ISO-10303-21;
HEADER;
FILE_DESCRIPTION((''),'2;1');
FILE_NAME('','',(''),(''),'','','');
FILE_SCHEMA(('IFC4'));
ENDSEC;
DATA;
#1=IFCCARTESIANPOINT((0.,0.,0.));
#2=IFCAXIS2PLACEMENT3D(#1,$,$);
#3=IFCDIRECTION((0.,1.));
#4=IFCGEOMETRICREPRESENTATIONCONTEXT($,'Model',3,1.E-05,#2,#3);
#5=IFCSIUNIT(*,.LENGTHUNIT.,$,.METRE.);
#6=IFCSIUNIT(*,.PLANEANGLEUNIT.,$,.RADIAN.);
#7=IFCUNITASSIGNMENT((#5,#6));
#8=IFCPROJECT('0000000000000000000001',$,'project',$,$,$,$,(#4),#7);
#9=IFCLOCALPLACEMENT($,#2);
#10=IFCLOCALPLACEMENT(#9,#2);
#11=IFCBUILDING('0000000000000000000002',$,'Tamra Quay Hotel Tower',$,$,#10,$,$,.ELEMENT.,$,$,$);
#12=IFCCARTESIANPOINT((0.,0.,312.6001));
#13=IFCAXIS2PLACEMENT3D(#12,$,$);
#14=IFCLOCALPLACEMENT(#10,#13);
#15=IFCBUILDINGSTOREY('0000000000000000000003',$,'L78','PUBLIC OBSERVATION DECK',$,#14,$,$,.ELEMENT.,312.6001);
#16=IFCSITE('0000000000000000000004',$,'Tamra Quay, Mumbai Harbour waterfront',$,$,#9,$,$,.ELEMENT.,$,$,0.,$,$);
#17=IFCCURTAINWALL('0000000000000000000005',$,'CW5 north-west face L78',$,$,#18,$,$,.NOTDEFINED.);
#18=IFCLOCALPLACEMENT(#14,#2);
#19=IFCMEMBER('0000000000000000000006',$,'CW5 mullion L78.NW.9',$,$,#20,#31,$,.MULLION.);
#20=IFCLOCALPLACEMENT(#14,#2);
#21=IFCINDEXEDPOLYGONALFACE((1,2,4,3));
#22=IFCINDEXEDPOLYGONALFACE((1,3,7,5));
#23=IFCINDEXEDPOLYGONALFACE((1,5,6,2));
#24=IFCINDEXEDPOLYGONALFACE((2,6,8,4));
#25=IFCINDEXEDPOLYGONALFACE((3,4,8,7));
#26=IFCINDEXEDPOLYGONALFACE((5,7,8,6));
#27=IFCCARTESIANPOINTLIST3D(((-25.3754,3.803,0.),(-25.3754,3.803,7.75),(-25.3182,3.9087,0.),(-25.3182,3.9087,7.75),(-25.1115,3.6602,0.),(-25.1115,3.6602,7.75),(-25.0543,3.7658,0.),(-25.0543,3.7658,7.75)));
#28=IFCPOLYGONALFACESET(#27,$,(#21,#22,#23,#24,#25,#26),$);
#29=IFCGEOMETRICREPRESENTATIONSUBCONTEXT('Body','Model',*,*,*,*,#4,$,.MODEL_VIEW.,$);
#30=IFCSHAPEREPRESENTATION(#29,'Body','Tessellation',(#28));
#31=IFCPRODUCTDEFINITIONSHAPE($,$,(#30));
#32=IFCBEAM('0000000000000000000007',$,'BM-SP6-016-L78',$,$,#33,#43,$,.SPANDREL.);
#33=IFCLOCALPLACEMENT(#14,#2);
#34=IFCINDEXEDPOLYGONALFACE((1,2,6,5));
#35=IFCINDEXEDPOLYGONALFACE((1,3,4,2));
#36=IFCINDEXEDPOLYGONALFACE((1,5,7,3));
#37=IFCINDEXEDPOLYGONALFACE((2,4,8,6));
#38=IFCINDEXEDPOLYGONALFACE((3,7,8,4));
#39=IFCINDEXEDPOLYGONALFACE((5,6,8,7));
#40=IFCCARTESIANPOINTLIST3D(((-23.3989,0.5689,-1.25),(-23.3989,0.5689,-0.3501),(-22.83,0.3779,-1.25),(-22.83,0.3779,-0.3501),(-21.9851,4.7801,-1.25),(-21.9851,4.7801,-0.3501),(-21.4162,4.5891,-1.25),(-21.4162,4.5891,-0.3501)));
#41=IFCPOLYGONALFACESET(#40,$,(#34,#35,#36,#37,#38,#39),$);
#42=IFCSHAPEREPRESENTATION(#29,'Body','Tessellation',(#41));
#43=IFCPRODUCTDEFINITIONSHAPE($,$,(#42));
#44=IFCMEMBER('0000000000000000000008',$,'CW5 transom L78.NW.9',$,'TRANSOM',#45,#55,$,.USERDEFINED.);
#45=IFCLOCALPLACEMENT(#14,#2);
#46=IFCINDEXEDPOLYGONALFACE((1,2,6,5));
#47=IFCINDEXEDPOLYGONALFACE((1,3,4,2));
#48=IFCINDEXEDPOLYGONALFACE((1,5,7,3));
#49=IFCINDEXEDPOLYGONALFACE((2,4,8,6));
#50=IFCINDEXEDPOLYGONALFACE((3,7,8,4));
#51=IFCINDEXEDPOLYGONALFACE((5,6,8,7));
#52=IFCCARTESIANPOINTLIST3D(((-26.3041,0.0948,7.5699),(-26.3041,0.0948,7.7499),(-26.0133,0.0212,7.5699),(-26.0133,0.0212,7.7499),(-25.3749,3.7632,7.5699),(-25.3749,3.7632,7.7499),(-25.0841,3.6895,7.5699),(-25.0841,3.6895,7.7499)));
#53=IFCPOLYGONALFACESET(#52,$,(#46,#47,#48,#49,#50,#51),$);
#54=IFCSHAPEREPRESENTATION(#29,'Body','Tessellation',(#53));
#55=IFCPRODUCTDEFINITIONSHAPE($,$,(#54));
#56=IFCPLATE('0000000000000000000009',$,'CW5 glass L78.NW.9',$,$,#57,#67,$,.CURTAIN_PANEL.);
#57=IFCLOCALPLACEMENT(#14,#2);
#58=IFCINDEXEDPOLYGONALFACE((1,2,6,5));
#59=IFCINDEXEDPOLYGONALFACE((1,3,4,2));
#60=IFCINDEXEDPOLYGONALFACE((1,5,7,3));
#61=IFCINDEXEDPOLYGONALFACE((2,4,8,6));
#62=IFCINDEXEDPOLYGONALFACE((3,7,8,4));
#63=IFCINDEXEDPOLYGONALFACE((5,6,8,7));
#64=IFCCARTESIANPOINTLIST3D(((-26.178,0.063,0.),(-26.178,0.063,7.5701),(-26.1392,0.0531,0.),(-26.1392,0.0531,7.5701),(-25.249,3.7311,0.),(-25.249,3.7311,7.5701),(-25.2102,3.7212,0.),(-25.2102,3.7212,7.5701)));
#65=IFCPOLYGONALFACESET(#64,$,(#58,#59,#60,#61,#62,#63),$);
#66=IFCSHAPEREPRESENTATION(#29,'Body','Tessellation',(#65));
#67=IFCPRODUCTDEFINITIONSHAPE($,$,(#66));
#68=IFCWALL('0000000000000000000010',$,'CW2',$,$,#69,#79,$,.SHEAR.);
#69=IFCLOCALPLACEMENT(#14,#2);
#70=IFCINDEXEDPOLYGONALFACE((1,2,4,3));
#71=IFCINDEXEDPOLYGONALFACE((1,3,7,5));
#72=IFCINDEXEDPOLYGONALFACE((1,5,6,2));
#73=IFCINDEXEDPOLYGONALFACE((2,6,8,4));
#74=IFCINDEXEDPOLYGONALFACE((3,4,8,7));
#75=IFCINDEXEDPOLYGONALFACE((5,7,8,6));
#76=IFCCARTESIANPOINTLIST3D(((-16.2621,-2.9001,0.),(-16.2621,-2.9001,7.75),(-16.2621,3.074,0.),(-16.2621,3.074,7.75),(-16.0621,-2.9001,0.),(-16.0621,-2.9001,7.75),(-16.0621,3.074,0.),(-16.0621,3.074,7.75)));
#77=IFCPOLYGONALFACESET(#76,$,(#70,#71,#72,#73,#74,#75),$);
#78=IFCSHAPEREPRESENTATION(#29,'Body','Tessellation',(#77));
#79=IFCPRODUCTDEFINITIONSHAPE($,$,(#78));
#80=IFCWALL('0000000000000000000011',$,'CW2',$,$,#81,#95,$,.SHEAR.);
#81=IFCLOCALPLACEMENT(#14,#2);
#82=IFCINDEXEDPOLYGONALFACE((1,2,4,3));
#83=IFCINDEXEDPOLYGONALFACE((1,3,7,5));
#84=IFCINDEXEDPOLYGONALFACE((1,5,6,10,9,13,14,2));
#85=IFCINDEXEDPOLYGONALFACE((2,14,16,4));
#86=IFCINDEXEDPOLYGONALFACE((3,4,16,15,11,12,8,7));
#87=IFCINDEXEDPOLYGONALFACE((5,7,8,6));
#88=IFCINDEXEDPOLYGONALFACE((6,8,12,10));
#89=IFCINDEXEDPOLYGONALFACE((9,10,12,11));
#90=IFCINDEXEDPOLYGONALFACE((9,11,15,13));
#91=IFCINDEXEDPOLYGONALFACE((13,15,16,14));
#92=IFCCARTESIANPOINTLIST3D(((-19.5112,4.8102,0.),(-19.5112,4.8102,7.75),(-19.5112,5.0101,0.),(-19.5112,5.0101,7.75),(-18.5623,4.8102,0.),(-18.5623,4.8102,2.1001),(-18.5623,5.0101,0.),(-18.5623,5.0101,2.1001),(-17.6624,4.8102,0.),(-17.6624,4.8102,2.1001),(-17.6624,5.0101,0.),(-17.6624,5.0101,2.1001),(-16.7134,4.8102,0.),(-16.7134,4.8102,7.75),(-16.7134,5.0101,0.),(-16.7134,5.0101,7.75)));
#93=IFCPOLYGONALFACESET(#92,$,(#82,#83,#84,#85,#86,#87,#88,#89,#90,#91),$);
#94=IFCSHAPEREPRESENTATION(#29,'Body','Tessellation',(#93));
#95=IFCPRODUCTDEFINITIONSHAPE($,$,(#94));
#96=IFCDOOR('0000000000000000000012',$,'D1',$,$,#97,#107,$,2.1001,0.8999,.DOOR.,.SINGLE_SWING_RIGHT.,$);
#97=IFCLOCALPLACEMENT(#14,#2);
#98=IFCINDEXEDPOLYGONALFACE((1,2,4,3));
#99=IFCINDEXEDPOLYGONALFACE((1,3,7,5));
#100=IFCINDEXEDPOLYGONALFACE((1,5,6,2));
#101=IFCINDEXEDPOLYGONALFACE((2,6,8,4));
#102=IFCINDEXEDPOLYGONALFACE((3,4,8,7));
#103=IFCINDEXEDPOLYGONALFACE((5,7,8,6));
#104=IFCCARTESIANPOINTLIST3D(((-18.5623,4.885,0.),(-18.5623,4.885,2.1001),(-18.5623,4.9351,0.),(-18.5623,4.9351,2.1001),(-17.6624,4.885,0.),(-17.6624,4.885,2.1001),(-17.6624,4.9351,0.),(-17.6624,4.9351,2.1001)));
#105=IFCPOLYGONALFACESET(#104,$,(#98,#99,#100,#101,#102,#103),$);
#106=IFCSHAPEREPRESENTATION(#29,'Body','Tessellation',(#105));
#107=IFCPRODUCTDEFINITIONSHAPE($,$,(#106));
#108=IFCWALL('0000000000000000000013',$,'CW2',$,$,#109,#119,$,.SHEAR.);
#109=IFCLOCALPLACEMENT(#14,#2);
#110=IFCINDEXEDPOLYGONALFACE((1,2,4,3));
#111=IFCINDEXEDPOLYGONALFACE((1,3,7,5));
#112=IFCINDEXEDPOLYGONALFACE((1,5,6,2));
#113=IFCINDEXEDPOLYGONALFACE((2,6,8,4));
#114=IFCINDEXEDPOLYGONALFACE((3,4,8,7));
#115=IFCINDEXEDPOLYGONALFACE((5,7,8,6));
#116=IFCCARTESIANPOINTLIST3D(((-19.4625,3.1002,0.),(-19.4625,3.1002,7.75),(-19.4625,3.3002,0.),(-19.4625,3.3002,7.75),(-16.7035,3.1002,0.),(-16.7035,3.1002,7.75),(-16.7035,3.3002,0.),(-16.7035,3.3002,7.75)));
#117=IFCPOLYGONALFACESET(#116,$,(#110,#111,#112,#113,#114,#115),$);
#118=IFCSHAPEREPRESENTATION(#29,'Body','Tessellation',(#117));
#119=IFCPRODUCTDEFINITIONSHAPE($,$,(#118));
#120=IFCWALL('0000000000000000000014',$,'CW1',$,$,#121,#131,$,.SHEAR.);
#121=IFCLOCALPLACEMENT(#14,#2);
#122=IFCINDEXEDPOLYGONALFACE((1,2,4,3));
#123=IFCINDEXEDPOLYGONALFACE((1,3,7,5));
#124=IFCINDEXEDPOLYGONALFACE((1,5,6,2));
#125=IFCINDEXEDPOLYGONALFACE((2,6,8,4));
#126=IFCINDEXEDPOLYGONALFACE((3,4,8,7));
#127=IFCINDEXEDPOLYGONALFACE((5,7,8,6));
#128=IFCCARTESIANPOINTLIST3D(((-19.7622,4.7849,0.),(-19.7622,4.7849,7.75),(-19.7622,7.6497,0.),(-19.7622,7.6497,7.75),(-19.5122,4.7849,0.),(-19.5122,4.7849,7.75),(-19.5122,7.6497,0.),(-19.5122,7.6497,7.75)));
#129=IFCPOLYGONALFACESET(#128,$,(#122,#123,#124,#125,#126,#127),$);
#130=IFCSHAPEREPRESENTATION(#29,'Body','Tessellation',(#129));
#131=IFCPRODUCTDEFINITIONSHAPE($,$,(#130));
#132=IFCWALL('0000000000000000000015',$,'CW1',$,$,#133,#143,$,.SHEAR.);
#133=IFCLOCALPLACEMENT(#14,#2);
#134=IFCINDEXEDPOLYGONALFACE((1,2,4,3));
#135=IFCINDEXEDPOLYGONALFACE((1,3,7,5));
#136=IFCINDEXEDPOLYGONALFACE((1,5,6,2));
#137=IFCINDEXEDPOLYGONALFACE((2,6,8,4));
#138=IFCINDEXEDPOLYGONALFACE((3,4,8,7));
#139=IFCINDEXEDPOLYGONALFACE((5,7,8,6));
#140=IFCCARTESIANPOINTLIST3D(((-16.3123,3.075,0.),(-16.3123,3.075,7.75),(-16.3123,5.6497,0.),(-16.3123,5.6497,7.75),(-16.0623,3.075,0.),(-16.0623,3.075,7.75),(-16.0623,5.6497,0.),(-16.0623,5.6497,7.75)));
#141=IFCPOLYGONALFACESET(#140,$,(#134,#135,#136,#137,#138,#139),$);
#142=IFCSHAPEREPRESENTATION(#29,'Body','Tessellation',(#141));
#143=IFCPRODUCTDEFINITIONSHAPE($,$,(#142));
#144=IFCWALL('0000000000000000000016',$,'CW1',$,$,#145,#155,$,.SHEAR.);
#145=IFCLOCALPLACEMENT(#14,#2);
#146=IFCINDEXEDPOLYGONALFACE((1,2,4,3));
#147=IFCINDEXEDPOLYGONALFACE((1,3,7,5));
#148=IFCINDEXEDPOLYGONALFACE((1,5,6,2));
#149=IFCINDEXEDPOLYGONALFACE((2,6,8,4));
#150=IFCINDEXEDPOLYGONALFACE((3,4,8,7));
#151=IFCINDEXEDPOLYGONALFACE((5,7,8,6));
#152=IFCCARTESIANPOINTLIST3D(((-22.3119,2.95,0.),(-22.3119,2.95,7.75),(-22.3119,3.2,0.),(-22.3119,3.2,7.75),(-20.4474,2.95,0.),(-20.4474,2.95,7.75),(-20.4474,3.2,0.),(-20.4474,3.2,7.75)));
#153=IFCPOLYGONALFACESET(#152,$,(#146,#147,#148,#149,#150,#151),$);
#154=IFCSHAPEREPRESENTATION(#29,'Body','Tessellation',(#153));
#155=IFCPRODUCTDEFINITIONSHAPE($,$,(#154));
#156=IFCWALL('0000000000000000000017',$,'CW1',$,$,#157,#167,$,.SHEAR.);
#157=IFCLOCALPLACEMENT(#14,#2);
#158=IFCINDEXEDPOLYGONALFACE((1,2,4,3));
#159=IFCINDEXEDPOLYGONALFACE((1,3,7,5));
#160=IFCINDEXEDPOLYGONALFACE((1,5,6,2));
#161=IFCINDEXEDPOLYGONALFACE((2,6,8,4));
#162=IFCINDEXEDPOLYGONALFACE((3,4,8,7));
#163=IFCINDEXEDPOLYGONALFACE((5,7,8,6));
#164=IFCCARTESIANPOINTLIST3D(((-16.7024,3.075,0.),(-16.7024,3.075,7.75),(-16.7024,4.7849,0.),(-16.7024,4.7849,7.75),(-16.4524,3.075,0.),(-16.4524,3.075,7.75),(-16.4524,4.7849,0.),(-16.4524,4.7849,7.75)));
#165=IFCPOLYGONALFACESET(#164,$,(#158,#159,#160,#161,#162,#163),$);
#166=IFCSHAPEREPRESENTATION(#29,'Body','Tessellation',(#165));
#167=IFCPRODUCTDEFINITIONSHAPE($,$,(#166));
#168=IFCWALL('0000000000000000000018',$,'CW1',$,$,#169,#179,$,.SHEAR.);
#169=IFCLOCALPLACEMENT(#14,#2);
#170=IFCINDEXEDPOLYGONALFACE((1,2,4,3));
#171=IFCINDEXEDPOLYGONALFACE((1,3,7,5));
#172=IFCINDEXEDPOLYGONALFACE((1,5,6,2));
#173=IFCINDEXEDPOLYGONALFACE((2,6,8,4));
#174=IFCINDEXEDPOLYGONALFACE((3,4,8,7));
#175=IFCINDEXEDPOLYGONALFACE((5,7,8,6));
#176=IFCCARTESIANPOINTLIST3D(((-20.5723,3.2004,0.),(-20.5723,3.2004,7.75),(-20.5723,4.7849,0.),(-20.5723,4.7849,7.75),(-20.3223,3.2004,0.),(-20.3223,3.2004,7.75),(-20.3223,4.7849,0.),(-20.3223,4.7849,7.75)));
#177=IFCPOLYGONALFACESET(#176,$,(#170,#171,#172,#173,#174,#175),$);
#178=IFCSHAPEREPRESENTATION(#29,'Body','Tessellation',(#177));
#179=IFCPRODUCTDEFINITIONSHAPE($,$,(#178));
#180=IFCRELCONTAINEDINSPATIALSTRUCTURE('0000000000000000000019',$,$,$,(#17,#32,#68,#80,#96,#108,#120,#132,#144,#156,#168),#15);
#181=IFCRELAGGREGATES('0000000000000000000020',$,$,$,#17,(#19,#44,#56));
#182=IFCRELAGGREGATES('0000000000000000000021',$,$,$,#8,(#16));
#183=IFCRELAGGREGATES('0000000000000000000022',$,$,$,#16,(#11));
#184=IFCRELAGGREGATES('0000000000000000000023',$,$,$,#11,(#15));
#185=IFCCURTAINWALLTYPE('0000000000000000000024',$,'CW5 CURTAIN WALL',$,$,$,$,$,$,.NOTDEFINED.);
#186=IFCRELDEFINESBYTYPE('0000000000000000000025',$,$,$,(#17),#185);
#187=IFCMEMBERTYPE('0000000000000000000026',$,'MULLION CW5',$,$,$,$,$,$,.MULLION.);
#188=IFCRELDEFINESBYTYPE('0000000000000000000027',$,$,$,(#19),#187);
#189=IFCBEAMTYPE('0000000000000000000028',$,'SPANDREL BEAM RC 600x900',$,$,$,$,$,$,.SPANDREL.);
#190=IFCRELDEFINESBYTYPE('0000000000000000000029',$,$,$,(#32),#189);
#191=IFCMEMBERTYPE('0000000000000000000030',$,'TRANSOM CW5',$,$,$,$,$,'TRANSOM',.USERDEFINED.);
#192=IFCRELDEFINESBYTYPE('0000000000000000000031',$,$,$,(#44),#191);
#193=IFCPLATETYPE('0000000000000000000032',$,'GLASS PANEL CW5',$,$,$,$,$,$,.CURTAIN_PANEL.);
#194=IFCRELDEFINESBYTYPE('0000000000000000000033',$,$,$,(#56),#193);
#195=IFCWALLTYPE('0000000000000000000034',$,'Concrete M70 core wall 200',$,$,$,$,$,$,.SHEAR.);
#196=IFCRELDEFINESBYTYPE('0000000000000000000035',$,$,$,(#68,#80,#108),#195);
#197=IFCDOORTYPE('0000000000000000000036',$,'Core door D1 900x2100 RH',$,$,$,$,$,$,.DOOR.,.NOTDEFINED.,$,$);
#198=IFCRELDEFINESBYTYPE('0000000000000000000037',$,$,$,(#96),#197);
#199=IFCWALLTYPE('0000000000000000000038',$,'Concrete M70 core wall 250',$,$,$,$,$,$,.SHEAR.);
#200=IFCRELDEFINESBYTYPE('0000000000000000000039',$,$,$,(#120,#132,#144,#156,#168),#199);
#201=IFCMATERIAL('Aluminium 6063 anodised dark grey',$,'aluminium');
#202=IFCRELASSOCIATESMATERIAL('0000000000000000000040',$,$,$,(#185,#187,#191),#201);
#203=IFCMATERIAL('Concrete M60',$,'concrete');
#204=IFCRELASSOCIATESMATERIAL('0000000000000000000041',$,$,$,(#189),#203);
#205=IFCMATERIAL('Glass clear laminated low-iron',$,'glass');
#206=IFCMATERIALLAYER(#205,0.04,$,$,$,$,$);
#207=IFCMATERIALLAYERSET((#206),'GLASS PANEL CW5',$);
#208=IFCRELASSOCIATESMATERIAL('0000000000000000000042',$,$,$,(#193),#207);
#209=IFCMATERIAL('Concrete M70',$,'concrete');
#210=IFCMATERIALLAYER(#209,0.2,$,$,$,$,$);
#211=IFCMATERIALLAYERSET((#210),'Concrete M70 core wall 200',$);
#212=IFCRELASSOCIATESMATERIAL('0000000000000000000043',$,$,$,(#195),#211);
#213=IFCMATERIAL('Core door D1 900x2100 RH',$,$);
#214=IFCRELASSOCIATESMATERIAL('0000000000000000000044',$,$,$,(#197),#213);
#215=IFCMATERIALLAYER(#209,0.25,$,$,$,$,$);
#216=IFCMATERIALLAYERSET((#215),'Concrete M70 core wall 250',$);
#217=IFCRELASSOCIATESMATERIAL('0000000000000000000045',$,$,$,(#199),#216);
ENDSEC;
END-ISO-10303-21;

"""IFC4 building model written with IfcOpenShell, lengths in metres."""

from ifc_helpers import new_model, si_unit, direction, frame, frame_2d, origin, origin_2d, place, context, subcontext, project, spatial, rectangle, extrude, material, layer, layer_set, material_profile, profile_set, type_object, element, fill, aggregate, save


model = new_model("IFC4")

# Units and contexts
model_context = context("Model", 3, precision=1e-05, world=origin(), true_north=direction((0.0, 1.0)))
body_context = subcontext(model_context, "Body", "Model", "MODEL_VIEW")
ifc_project = project(units=[si_unit("LENGTHUNIT", "METRE"), si_unit("PLANEANGLEUNIT", "RADIAN")], contexts=[model_context])

# Site, building, storey
site_placement = place(None, origin())
site = spatial("IfcSite", under=ifc_project, at=site_placement, Name="Tamra Quay, Mumbai Harbour waterfront", CompositionType="ELEMENT", RefElevation=0.0)
building_placement = place(site_placement, origin())
building = spatial("IfcBuilding", under=site, at=building_placement, Name="Tamra Quay Hotel Tower", CompositionType="ELEMENT")
storey_placement = place(building_placement, frame((0.0, 0.0, 312.6001)))
storey = spatial("IfcBuildingStorey", under=building, at=storey_placement, Name="L78", Description="PUBLIC OBSERVATION DECK", CompositionType="ELEMENT", Elevation=312.6001)

# Curtain wall, member
ifc_material_1 = material(Name="Aluminium 6063 anodised dark grey", Category="aluminium")
curtain_wall_type = type_object("IfcCurtainWallType", Name="CW5 CURTAIN WALL", PredefinedType="NOTDEFINED", material=ifc_material_1)
curtain_wall_placement = place(storey_placement, origin())
curtain_wall = element("IfcCurtainWall", 1, at=curtain_wall_placement, inside=storey, type_object=curtain_wall_type, Name="CW5 north-west face L78", PredefinedType="NOTDEFINED")
ifc_material_profile_1 = material_profile(ifc_material_1, rectangle(XDim=0.3, YDim=0.1201, at=origin_2d()), Name="MULLION 120X300")
ifc_profile_set_1 = profile_set([ifc_material_profile_1], Name="Aluminium 6063 anodised dark grey")
member_type_1 = type_object("IfcMemberType", Name="MULLION CW5", PredefinedType="MULLION", material=ifc_profile_set_1)
member_1_placement = place(storey_placement, frame((-25.2148, 3.7844, 0.0), z_axis=(0.0, 0.0, 1.0), x_axis=(-0.879433, 0.476023, 0.0)))
member_1 = element("IfcMember", 2, at=member_1_placement, type_object=member_type_1, Name="CW5 mullion L78.NW.9", PredefinedType="MULLION", context=body_context, shape_type="SweptSolid", body=[
    extrude(rectangle(XDim=0.3, YDim=0.1201, at=origin_2d()), origin(), (0.0, 0.0, 1.0), 7.75),
])

# Beam
ifc_material_2 = material(Name="Concrete M60", Category="concrete")
ifc_material_profile_2 = material_profile(ifc_material_2, rectangle(XDim=0.6001, YDim=0.8999, at=origin_2d()), Name="SPANDREL BEAM RC 600x900")
ifc_profile_set_2 = profile_set([ifc_material_profile_2], Name="Concrete M60")
beam_type = type_object("IfcBeamType", Name="SPANDREL BEAM RC 600x900", PredefinedType="SPANDREL", material=ifc_profile_set_2)
beam_placement = place(storey_placement, frame((-21.7007, 4.6846, -0.8), z_axis=(-0.318272, -0.948, 0.0), x_axis=(0.948, -0.318272, 0.0)))
element("IfcBeam", 3, at=beam_placement, inside=storey, type_object=beam_type, Name="BM-SP6-016-L78", PredefinedType="SPANDREL", context=body_context, shape_type="SweptSolid", body=[
    extrude(rectangle(XDim=0.6001, YDim=0.8999, at=origin_2d()), origin(), (0.0, 0.0, 1.0), 4.4421),
])

# Member
ifc_material_profile_3 = material_profile(ifc_material_1, rectangle(XDim=0.3, YDim=0.1799, at=origin_2d()), Name="TRANSOM 300X180")
ifc_profile_set_3 = profile_set([ifc_material_profile_3], Name="Aluminium 6063 anodised dark grey")
member_type_2 = type_object("IfcMemberType", Name="TRANSOM CW5", ElementType="TRANSOM", PredefinedType="USERDEFINED", material=ifc_profile_set_3)
member_2_placement = place(storey_placement, frame((-25.2295, 3.7263, 7.6599), z_axis=(-0.245555, -0.969383, 0.0), x_axis=(0.969383, -0.245555, 0.0)))
member_2 = element("IfcMember", 4, at=member_2_placement, type_object=member_type_2, Name="CW5 transom L78.NW.9", ObjectType="TRANSOM", PredefinedType="USERDEFINED", context=body_context, shape_type="SweptSolid", body=[
    extrude(rectangle(XDim=0.3, YDim=0.1799, at=origin_2d()), origin(), (0.0, 0.0, 1.0), 3.7842),
])

# Plate
ifc_material_3 = material(Name="Glass clear laminated low-iron", Category="glass")
ifc_layer_1 = layer(ifc_material_3, 0.04)
ifc_layer_set_1 = layer_set([ifc_layer_1], Name="GLASS PANEL CW5")
plate_type = type_object("IfcPlateType", Name="GLASS PANEL CW5", PredefinedType="CURTAIN_PANEL", material=ifc_layer_set_1)
plate_placement = place(storey_placement, frame((-25.6941, 1.8921, 0.0), z_axis=(0.0, 0.0, 1.0), x_axis=(-0.245527, -0.96939, 0.0)))
plate = element("IfcPlate", 5, at=plate_placement, type_object=plate_type, Name="CW5 glass L78.NW.9", PredefinedType="CURTAIN_PANEL", context=body_context, shape_type="SweptSolid", body=[
    extrude(rectangle(XDim=3.7839, YDim=0.04, at=origin_2d()), origin(), (0.0, 0.0, 1.0), 7.5701),
])
aggregate(curtain_wall, [member_1, member_2, plate])

# Wall
ifc_material_4 = material(Name="Concrete M70", Category="concrete")
ifc_layer_2 = layer(ifc_material_4, 0.2)
ifc_layer_set_2 = layer_set([ifc_layer_2], Name="Concrete M70 core wall 200")
wall_type_1 = type_object("IfcWallType", Name="Concrete M70 core wall 200", PredefinedType="SHEAR", material=ifc_layer_set_2)
wall_1_placement = place(storey_placement, frame((-16.1621, 3.074, 0.0), z_axis=(0.0, 0.0, 1.0), x_axis=(0.0, -1.0, 0.0)))
element("IfcWall", 6, at=wall_1_placement, inside=storey, type_object=wall_type_1, Name="CW2", PredefinedType="SHEAR", context=body_context, shape_type="SweptSolid", body=[
    extrude(rectangle(XDim=5.9741, YDim=0.2, at=frame_2d((2.9871, 0.0))), origin(), (0.0, 0.0, 1.0), 7.75),
])

# Wall, opening, door
wall_2_placement = place(storey_placement, frame((-19.5112, 4.9102, 0.0), z_axis=(0.0, 0.0, 1.0), x_axis=(1.0, 0.0, 0.0)))
wall_2 = element("IfcWall", 7, at=wall_2_placement, inside=storey, type_object=wall_type_1, Name="CW2", PredefinedType="SHEAR", context=body_context, shape_type="SweptSolid", body=[
    extrude(rectangle(XDim=2.7979, YDim=0.2, at=frame_2d((1.3989, 0.0))), origin(), (0.0, 0.0, 1.0), 7.75),
])
opening_1_placement = place(wall_2_placement, frame((0.949, 0.0, 0.0)))
opening_1 = element("IfcOpeningElement", 8, at=opening_1_placement, cuts=wall_2, PredefinedType="OPENING", context=body_context, shape_type="SweptSolid", body=[
    extrude(rectangle(XDim=0.8999, YDim=2.1001, at=frame_2d((0.45, 1.05))), frame((0.0, 0.1099, 0.0), z_axis=(0.0, -1.0, 0.0), x_axis=(1.0, 0.0, 0.0)), (0.0, 0.0, 1.0), 0.22),
])
ifc_material_5 = material(Name="Core door D1 900x2100 RH")
door_type_1 = type_object("IfcDoorType", Name="Core door D1 900x2100 RH", OperationType="NOTDEFINED", PredefinedType="DOOR", material=ifc_material_5)
door_1_placement = place(opening_1_placement, origin())
door_1 = element("IfcDoor", 9, at=door_1_placement, inside=storey, type_object=door_type_1, Name="D1", OperationType="SINGLE_SWING_RIGHT", OverallHeight=2.1001, OverallWidth=0.8999, PredefinedType="DOOR", context=body_context, shape_type="SweptSolid", body=[
    extrude(rectangle(XDim=0.8999, YDim=2.1001, at=frame_2d((0.45, 1.05))), frame((0.0, 0.0249, 0.0), z_axis=(0.0, -1.0, 0.0), x_axis=(1.0, 0.0, 0.0)), (0.0, 0.0, 1.0), 0.05),
])
fill(opening_1, door_1)

# Walls
wall_3_placement = place(storey_placement, frame((-19.4624, 3.2002, 0.0), z_axis=(0.0, 0.0, 1.0), x_axis=(1.0, 0.0, 0.0)))
element("IfcWall", 10, at=wall_3_placement, inside=storey, type_object=wall_type_1, Name="CW2", PredefinedType="SHEAR", context=body_context, shape_type="SweptSolid", body=[
    extrude(rectangle(XDim=2.759, YDim=0.2, at=frame_2d((1.3794, 0.0))), origin(), (0.0, 0.0, 1.0), 7.75),
])
ifc_layer_3 = layer(ifc_material_4, 0.25)
ifc_layer_set_3 = layer_set([ifc_layer_3], Name="Concrete M70 core wall 250")
wall_type_2 = type_object("IfcWallType", Name="Concrete M70 core wall 250", PredefinedType="SHEAR", material=ifc_layer_set_3)
wall_4_placement = place(storey_placement, frame((-19.6372, 4.7849, 0.0), z_axis=(0.0, 0.0, 1.0), x_axis=(0.0, 1.0, 0.0)))
element("IfcWall", 11, at=wall_4_placement, inside=storey, type_object=wall_type_2, Name="CW1", PredefinedType="SHEAR", context=body_context, shape_type="SweptSolid", body=[
    extrude(rectangle(XDim=2.8647, YDim=0.25, at=frame_2d((1.4324, 0.0))), origin(), (0.0, 0.0, 1.0), 7.75),
])
wall_5_placement = place(storey_placement, frame((-16.1873, 3.075, 0.0), z_axis=(0.0, 0.0, 1.0), x_axis=(0.0, 1.0, 0.0)))
element("IfcWall", 12, at=wall_5_placement, inside=storey, type_object=wall_type_2, Name="CW1", PredefinedType="SHEAR", context=body_context, shape_type="SweptSolid", body=[
    extrude(rectangle(XDim=2.5747, YDim=0.25, at=frame_2d((1.2874, 0.0))), origin(), (0.0, 0.0, 1.0), 7.75),
])
wall_6_placement = place(storey_placement, frame((-22.3118, 3.075, 0.0), z_axis=(0.0, 0.0, 1.0), x_axis=(1.0, 0.0, 0.0)))
element("IfcWall", 13, at=wall_6_placement, inside=storey, type_object=wall_type_2, Name="CW1", PredefinedType="SHEAR", context=body_context, shape_type="SweptSolid", body=[
    extrude(rectangle(XDim=1.8645, YDim=0.25, at=frame_2d((0.9321, 0.0))), origin(), (0.0, 0.0, 1.0), 7.75),
])
wall_7_placement = place(storey_placement, frame((-16.5774, 4.7849, 0.0), z_axis=(0.0, 0.0, 1.0), x_axis=(0.0, -1.0, 0.0)))
element("IfcWall", 14, at=wall_7_placement, inside=storey, type_object=wall_type_2, Name="CW1", PredefinedType="SHEAR", context=body_context, shape_type="SweptSolid", body=[
    extrude(rectangle(XDim=1.71, YDim=0.25, at=frame_2d((0.855, 0.0))), origin(), (0.0, 0.0, 1.0), 7.75),
])
wall_8_placement = place(storey_placement, frame((-20.4473, 3.2004, 0.0), z_axis=(0.0, 0.0, 1.0), x_axis=(0.0, 1.0, 0.0)))
element("IfcWall", 15, at=wall_8_placement, inside=storey, type_object=wall_type_2, Name="CW1", PredefinedType="SHEAR", context=body_context, shape_type="SweptSolid", body=[
    extrude(rectangle(XDim=1.5845, YDim=0.25, at=frame_2d((0.7922, 0.0))), origin(), (0.0, 0.0, 1.0), 7.75),
])

save(model, "model.ifc")
